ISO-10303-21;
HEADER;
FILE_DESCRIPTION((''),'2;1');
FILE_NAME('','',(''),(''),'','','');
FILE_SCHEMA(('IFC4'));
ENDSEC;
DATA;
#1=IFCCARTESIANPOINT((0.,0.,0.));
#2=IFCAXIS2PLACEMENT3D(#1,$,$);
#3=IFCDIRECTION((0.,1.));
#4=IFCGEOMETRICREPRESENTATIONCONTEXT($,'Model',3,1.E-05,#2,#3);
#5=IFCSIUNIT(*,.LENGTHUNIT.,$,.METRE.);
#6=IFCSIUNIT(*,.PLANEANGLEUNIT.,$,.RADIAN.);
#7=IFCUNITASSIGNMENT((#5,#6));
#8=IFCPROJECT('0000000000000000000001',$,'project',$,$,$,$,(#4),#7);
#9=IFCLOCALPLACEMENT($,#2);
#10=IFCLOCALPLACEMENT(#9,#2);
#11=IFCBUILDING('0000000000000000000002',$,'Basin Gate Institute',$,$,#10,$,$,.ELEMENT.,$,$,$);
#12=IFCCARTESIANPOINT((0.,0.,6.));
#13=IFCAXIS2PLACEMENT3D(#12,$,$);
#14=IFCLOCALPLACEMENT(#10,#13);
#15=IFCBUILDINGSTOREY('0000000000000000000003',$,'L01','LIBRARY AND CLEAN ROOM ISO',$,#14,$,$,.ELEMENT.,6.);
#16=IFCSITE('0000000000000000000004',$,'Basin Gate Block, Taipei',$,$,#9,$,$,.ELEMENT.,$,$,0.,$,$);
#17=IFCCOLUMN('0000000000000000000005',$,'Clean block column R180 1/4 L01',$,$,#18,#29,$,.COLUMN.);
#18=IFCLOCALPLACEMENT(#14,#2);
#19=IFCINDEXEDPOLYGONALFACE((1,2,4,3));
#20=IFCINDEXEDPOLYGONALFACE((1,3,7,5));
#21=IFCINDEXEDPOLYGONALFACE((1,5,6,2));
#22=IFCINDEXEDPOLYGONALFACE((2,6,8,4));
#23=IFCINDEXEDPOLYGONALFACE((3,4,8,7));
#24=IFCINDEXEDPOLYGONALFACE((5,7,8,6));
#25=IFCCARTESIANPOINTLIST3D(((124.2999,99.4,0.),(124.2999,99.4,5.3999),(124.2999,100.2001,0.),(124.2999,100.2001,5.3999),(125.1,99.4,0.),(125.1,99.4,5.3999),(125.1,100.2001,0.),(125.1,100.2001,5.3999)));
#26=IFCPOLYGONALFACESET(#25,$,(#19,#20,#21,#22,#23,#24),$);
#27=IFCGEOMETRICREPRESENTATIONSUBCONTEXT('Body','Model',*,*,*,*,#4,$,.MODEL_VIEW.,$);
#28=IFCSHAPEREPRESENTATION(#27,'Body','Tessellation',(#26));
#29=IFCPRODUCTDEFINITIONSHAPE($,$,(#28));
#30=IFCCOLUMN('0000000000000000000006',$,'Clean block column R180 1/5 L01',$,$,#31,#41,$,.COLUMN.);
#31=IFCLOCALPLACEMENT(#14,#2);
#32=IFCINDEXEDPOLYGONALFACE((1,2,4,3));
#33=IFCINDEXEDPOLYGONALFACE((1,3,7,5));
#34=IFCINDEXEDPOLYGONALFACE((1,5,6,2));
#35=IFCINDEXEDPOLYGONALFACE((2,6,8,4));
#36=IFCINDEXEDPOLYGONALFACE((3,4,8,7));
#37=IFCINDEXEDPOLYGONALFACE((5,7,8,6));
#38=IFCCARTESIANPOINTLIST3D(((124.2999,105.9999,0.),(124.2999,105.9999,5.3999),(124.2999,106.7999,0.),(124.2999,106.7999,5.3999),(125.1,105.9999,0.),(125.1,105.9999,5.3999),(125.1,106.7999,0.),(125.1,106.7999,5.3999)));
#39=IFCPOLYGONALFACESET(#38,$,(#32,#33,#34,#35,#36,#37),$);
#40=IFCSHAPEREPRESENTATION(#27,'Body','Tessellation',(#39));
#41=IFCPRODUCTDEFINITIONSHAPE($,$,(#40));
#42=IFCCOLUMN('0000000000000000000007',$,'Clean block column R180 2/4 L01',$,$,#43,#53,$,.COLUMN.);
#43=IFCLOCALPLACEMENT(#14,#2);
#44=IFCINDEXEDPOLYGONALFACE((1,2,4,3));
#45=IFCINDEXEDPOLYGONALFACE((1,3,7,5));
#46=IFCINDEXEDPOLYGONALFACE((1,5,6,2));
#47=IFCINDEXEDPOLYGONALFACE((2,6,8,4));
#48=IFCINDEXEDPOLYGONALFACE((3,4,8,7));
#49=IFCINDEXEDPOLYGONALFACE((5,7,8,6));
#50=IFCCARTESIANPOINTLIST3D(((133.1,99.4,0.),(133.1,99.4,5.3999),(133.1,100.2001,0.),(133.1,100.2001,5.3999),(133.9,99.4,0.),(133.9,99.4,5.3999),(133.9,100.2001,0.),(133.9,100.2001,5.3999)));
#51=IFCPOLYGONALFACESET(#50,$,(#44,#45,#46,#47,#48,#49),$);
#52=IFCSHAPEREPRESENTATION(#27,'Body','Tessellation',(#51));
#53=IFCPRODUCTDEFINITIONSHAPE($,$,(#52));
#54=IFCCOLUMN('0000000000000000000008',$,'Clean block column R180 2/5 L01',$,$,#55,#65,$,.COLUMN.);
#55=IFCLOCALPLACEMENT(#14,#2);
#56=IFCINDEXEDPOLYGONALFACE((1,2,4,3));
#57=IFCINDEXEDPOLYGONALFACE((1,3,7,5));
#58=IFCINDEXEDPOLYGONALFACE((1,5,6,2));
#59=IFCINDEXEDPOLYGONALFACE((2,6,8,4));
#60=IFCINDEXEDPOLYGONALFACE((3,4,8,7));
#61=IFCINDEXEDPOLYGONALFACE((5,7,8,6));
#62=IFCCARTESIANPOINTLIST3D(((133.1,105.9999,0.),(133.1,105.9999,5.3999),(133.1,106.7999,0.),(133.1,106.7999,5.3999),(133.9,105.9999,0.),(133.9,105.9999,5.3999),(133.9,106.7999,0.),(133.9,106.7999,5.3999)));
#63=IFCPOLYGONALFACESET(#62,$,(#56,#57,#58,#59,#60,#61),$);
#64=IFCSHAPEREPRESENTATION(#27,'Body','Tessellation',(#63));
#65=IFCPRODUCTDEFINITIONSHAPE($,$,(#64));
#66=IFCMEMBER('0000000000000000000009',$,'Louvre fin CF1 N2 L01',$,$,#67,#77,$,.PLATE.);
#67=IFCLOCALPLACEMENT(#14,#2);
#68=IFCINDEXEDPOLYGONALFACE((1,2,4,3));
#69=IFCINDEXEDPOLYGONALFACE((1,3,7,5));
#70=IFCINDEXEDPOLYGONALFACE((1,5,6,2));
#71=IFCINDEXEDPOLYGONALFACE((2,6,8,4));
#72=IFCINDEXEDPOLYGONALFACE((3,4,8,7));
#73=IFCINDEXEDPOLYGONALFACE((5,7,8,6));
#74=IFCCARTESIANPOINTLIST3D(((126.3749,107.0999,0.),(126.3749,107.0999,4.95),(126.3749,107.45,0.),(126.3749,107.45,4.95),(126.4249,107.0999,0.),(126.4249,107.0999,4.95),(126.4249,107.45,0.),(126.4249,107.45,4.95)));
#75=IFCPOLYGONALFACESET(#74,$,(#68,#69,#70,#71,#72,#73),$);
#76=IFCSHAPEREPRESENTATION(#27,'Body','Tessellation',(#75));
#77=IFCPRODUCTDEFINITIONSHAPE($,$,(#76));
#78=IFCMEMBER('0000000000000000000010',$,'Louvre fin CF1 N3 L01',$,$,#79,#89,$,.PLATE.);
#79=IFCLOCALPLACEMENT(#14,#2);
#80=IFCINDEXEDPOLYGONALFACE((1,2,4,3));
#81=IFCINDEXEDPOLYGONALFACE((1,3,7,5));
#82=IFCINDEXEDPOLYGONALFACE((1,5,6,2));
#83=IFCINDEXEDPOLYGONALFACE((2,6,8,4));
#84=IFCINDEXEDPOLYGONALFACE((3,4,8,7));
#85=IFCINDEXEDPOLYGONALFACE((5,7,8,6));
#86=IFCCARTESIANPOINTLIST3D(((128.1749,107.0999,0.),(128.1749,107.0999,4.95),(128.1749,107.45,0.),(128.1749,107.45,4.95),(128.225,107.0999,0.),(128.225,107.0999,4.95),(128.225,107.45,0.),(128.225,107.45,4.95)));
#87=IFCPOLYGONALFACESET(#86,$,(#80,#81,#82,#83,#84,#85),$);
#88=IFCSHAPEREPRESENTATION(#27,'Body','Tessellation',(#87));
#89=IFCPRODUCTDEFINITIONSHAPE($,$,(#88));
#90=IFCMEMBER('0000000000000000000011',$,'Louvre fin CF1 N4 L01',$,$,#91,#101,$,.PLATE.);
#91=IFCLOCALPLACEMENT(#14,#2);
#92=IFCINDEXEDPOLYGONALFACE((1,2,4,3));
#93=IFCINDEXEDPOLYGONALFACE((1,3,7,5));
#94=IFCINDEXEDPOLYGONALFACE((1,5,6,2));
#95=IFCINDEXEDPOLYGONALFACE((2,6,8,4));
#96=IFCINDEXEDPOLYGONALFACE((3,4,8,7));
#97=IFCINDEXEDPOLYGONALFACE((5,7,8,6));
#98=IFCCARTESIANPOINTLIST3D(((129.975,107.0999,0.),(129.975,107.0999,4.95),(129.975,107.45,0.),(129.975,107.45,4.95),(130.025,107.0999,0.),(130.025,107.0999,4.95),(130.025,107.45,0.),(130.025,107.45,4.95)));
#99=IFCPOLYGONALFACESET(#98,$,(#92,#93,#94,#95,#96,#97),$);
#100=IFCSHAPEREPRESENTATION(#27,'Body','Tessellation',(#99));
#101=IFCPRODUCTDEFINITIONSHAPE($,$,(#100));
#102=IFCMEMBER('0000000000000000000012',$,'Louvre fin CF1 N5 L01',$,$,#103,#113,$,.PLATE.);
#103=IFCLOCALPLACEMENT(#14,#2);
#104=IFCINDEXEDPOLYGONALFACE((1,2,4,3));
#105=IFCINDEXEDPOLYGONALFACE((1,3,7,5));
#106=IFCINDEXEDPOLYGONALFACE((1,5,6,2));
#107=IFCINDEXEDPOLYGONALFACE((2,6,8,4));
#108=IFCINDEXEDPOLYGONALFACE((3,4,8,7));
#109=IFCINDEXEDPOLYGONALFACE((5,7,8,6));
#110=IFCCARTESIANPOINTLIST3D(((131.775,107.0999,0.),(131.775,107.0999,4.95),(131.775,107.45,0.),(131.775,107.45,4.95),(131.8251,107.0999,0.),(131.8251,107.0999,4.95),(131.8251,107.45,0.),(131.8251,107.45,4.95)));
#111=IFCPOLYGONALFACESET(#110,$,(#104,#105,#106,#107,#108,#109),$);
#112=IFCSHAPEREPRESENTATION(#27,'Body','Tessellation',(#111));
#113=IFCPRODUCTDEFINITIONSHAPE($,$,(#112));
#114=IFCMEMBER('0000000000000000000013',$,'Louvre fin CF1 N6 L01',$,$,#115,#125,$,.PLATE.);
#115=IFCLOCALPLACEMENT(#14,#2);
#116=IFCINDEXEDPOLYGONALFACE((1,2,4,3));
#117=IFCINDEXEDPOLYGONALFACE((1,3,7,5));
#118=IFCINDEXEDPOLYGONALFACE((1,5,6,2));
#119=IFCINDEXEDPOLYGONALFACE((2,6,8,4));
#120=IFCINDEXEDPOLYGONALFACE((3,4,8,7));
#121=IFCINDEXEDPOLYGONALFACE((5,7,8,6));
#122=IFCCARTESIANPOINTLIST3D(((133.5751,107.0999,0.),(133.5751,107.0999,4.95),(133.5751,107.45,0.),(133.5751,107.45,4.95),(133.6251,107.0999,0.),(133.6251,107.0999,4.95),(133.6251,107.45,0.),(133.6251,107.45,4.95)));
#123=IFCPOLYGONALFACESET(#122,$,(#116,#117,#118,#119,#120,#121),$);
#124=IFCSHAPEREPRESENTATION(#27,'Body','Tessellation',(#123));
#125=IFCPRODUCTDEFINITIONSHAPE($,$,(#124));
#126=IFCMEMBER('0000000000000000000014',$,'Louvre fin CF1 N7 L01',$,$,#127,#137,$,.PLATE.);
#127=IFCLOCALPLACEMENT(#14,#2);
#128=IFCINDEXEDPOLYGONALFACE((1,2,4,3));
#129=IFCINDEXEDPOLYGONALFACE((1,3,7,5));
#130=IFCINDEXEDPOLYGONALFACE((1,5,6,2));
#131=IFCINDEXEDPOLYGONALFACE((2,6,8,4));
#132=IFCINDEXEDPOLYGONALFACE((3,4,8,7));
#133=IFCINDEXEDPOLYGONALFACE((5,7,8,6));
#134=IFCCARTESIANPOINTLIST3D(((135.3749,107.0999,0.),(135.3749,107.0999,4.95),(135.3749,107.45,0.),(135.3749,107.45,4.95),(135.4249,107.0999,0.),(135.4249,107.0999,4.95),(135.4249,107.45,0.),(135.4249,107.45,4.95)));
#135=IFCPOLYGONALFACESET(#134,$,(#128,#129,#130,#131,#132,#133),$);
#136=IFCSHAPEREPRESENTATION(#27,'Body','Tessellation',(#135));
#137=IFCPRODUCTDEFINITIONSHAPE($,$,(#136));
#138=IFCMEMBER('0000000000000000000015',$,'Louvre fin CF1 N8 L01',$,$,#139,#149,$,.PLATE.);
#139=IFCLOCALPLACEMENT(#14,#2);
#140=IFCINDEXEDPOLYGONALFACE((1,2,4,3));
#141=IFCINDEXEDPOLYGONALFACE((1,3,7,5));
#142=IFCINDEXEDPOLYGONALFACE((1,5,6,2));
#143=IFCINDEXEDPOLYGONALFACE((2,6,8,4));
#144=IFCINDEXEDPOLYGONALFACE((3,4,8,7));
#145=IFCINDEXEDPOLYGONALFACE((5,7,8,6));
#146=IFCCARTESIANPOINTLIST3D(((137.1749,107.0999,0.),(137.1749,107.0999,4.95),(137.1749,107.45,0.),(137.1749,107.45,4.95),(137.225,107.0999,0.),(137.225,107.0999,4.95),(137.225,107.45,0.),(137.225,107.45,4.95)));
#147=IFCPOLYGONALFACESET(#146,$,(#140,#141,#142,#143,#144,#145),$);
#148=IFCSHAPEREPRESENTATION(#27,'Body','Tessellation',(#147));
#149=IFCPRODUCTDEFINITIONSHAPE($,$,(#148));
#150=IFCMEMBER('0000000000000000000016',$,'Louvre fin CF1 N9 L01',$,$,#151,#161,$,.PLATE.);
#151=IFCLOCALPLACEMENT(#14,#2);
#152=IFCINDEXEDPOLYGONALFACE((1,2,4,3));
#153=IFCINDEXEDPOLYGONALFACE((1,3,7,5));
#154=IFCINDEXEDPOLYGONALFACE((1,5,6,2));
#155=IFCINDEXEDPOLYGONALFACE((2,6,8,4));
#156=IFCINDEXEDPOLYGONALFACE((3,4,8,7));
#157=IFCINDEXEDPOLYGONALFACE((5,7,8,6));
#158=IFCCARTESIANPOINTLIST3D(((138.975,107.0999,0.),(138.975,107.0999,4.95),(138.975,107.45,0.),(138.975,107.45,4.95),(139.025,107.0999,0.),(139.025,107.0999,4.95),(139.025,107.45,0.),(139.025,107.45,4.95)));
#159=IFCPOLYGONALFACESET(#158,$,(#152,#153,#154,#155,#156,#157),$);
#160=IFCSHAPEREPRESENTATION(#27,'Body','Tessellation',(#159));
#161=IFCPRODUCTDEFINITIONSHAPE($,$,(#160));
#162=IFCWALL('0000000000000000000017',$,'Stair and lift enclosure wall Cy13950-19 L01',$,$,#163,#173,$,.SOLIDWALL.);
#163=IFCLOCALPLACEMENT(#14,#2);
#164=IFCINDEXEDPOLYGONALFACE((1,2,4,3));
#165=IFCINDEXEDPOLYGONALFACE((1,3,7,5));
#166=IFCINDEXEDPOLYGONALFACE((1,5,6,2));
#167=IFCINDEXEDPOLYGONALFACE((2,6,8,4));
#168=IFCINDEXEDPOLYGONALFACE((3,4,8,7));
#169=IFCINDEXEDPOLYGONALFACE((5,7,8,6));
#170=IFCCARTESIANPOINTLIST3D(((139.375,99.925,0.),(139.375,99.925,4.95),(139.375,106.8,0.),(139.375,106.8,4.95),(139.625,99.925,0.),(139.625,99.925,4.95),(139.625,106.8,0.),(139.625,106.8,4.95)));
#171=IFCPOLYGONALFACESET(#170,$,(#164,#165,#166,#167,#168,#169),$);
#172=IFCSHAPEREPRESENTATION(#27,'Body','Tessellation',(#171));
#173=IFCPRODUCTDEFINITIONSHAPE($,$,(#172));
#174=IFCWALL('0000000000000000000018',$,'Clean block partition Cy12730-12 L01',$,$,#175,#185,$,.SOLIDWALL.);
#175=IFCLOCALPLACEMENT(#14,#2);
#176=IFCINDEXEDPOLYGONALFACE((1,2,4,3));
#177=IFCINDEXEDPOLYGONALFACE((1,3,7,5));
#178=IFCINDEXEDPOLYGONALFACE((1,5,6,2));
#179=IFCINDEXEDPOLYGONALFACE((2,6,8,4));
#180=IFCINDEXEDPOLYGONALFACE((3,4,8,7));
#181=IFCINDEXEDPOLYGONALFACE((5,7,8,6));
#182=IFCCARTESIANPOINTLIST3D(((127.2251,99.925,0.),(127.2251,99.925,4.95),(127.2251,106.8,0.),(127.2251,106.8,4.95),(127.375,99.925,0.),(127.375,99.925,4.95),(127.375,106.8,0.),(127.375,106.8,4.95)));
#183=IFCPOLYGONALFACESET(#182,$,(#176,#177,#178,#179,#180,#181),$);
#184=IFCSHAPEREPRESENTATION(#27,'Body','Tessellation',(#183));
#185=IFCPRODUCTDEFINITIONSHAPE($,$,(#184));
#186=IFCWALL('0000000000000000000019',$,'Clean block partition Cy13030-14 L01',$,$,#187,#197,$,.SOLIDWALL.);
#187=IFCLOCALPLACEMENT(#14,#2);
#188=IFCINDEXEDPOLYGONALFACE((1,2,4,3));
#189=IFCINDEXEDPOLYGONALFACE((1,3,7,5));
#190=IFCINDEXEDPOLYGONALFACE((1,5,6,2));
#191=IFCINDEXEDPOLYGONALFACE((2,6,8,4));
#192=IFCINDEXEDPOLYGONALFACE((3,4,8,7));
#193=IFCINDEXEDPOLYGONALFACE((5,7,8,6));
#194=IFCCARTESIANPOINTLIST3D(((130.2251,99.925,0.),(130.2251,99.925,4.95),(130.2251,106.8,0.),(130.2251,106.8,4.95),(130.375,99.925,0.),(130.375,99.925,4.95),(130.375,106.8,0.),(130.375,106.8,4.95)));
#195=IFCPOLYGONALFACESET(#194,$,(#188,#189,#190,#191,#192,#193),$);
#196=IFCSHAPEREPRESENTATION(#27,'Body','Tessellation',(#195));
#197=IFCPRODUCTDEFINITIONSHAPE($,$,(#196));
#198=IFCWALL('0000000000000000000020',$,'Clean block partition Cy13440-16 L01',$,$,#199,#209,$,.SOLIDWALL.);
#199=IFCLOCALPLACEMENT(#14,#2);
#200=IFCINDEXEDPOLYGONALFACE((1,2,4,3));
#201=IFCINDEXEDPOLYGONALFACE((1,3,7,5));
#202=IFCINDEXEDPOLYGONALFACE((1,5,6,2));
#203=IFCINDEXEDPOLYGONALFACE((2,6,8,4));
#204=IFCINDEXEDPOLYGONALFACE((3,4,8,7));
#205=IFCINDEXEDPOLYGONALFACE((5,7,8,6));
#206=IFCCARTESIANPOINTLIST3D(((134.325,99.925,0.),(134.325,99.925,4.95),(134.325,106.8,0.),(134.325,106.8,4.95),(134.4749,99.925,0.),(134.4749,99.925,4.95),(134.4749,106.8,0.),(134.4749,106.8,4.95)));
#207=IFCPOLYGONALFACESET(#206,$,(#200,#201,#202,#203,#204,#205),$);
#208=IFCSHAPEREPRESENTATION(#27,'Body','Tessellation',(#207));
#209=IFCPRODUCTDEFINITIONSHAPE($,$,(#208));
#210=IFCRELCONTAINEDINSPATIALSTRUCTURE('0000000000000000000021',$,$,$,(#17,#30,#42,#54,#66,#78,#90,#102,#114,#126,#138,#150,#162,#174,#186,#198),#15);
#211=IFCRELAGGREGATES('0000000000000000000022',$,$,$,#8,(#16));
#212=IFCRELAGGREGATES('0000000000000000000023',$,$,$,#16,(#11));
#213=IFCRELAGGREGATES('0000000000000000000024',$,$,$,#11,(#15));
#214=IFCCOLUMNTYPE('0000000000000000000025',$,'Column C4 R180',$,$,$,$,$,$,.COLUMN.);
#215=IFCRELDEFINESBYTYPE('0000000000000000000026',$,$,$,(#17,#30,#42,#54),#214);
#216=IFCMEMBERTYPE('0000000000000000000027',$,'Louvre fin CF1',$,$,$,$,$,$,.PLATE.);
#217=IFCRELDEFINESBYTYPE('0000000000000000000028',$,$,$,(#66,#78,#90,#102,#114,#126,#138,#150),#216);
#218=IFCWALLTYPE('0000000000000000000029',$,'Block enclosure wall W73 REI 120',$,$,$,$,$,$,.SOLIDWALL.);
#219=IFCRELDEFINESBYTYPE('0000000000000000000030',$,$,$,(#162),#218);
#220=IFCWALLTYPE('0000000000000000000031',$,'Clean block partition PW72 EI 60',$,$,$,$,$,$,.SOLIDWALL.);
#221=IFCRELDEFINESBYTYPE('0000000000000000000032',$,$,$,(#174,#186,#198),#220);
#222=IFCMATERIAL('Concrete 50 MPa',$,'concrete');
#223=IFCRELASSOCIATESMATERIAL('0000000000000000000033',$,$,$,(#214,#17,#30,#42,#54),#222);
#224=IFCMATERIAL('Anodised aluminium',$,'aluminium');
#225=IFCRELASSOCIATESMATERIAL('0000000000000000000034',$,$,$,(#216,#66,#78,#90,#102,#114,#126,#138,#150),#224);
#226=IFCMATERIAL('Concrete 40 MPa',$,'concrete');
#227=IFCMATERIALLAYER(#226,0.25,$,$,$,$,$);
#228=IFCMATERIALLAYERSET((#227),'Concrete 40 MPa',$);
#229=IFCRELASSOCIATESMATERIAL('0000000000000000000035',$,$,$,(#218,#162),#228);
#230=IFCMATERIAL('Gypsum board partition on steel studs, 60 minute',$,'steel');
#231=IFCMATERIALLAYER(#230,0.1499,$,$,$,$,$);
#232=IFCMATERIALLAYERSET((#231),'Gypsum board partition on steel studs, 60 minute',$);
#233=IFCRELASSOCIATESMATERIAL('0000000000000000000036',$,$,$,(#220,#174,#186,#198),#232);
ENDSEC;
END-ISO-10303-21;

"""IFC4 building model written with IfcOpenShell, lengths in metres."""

from ifc_helpers import new_model, si_unit, direction, frame, frame_2d, origin, origin_2d, place, context, subcontext, project, spatial, rectangle, extrude, material, layer, layer_set, material_profile, profile_set, type_object, element, save


model = new_model("IFC4")

# Units and contexts
model_context = context("Model", 3, precision=1e-05, world=origin(), true_north=direction((0.0, 1.0)))
body_context = subcontext(model_context, "Body", "Model", "MODEL_VIEW")
ifc_project = project(units=[si_unit("LENGTHUNIT", "METRE"), si_unit("PLANEANGLEUNIT", "RADIAN")], contexts=[model_context])

# Site, building, storey
site_placement = place(None, origin())
site = spatial("IfcSite", under=ifc_project, at=site_placement, Name="Basin Gate Block, Taipei", CompositionType="ELEMENT", RefElevation=0.0)
building_placement = place(site_placement, origin())
building = spatial("IfcBuilding", under=site, at=building_placement, Name="Basin Gate Institute", CompositionType="ELEMENT")
storey_placement = place(building_placement, frame((0.0, 0.0, 6.0)))
storey = spatial("IfcBuildingStorey", under=building, at=storey_placement, Name="L01", Description="LIBRARY AND CLEAN ROOM ISO", CompositionType="ELEMENT", Elevation=6.0)

# Columns
ifc_material_1 = material(Name="Concrete 50 MPa", Category="concrete")
ifc_material_profile_1 = material_profile(ifc_material_1, rectangle(XDim=0.8, YDim=0.8, at=origin_2d()), Name="Column C4 800 x 800")
ifc_profile_set_1 = profile_set([ifc_material_profile_1], Name="Concrete 50 MPa")
column_type = type_object("IfcColumnType", Name="Column C4 R180", PredefinedType="COLUMN", material=ifc_profile_set_1)
for number, where, z_axis, x_axis, name in (
    (1, (124.7, 99.8, 0.0), (0.0, 0.0, 1.0), (1.0, 0.0, 0.0), "Clean block column R180 1/4 L01"),
    (2, (124.7, 106.3999, 0.0), (0.0, 0.0, 1.0), (1.0, 0.0, 0.0), "Clean block column R180 1/5 L01"),
    (3, (133.5, 99.8, 0.0), (0.0, 0.0, 1.0), (1.0, 0.0, 0.0), "Clean block column R180 2/4 L01"),
    (4, (133.5, 106.3999, 0.0), (0.0, 0.0, 1.0), (1.0, 0.0, 0.0), "Clean block column R180 2/5 L01"),
):
    element("IfcColumn", number, at=place(storey_placement, frame(where, z_axis=z_axis, x_axis=x_axis)), inside=storey, type_object=column_type, material=ifc_profile_set_1, Name=name, PredefinedType="COLUMN", context=body_context, shape_type="SweptSolid", body=[
        extrude(rectangle(XDim=0.8, YDim=0.8, at=origin_2d()), origin(), (0.0, 0.0, 1.0), 5.3999),
    ])

# Members
ifc_material_2 = material(Name="Anodised aluminium", Category="aluminium")
ifc_material_profile_2 = material_profile(ifc_material_2, rectangle(XDim=0.05, YDim=0.3501, at=origin_2d()), Name="Louvre fin CF1 50 x 350")
ifc_profile_set_2 = profile_set([ifc_material_profile_2], Name="Anodised aluminium")
member_type = type_object("IfcMemberType", Name="Louvre fin CF1", PredefinedType="PLATE", material=ifc_profile_set_2)
for number, where, z_axis, x_axis, name in (
    (5, (126.3999, 107.2749, 0.0), (0.0, 0.0, 1.0), (1.0, 0.0, 0.0), "Louvre fin CF1 N2 L01"),
    (6, (128.2, 107.2749, 0.0), (0.0, 0.0, 1.0), (1.0, 0.0, 0.0), "Louvre fin CF1 N3 L01"),
    (7, (130.0, 107.2749, 0.0), (0.0, 0.0, 1.0), (1.0, 0.0, 0.0), "Louvre fin CF1 N4 L01"),
    (8, (131.8, 107.2749, 0.0), (0.0, 0.0, 1.0), (1.0, 0.0, 0.0), "Louvre fin CF1 N5 L01"),
    (9, (133.6001, 107.2749, 0.0), (0.0, 0.0, 1.0), (1.0, 0.0, 0.0), "Louvre fin CF1 N6 L01"),
    (10, (135.3999, 107.2749, 0.0), (0.0, 0.0, 1.0), (1.0, 0.0, 0.0), "Louvre fin CF1 N7 L01"),
    (11, (137.2, 107.2749, 0.0), (0.0, 0.0, 1.0), (1.0, 0.0, 0.0), "Louvre fin CF1 N8 L01"),
    (12, (139.0, 107.2749, 0.0), (0.0, 0.0, 1.0), (1.0, 0.0, 0.0), "Louvre fin CF1 N9 L01"),
):
    element("IfcMember", number, at=place(storey_placement, frame(where, z_axis=z_axis, x_axis=x_axis)), inside=storey, type_object=member_type, material=ifc_profile_set_2, Name=name, PredefinedType="PLATE", context=body_context, shape_type="SweptSolid", body=[
        extrude(rectangle(XDim=0.05, YDim=0.3501, at=origin_2d()), origin(), (0.0, 0.0, 1.0), 4.95),
    ])

# Walls
ifc_material_3 = material(Name="Concrete 40 MPa", Category="concrete")
ifc_layer_1 = layer(ifc_material_3, 0.25)
ifc_layer_set_1 = layer_set([ifc_layer_1], Name="Concrete 40 MPa")
wall_type_1 = type_object("IfcWallType", Name="Block enclosure wall W73 REI 120", PredefinedType="SOLIDWALL", material=ifc_layer_set_1)
wall_placement = place(storey_placement, frame((139.5, 99.925, 0.0), z_axis=(0.0, 0.0, 1.0), x_axis=(0.0, 1.0, 0.0)))
element("IfcWall", 13, at=wall_placement, inside=storey, type_object=wall_type_1, material=ifc_layer_set_1, Name="Stair and lift enclosure wall Cy13950-19 L01", PredefinedType="SOLIDWALL", context=body_context, shape_type="SweptSolid", body=[
    extrude(rectangle(XDim=6.875, YDim=0.25, at=frame_2d((3.4375, 0.0))), origin(), (0.0, 0.0, 1.0), 4.95),
])
ifc_material_4 = material(Name="Gypsum board partition on steel studs, 60 minute", Category="steel")
ifc_layer_2 = layer(ifc_material_4, 0.1499)
ifc_layer_set_2 = layer_set([ifc_layer_2], Name="Gypsum board partition on steel studs, 60 minute")
wall_type_2 = type_object("IfcWallType", Name="Clean block partition PW72 EI 60", PredefinedType="SOLIDWALL", material=ifc_layer_set_2)
for number, where, z_axis, x_axis, name in (
    (14, (127.3, 99.925, 0.0), (0.0, 0.0, 1.0), (0.0, 1.0, 0.0), "Clean block partition Cy12730-12 L01"),
    (15, (130.3, 99.925, 0.0), (0.0, 0.0, 1.0), (0.0, 1.0, 0.0), "Clean block partition Cy13030-14 L01"),
    (16, (134.3999, 99.925, 0.0), (0.0, 0.0, 1.0), (0.0, 1.0, 0.0), "Clean block partition Cy13440-16 L01"),
):
    element("IfcWall", number, at=place(storey_placement, frame(where, z_axis=z_axis, x_axis=x_axis)), inside=storey, type_object=wall_type_2, material=ifc_layer_set_2, Name=name, PredefinedType="SOLIDWALL", context=body_context, shape_type="SweptSolid", body=[
        extrude(rectangle(XDim=6.875, YDim=0.1499, at=frame_2d((3.4375, 0.0))), origin(), (0.0, 0.0, 1.0), 4.95),
    ])

save(model, "model.ifc")
